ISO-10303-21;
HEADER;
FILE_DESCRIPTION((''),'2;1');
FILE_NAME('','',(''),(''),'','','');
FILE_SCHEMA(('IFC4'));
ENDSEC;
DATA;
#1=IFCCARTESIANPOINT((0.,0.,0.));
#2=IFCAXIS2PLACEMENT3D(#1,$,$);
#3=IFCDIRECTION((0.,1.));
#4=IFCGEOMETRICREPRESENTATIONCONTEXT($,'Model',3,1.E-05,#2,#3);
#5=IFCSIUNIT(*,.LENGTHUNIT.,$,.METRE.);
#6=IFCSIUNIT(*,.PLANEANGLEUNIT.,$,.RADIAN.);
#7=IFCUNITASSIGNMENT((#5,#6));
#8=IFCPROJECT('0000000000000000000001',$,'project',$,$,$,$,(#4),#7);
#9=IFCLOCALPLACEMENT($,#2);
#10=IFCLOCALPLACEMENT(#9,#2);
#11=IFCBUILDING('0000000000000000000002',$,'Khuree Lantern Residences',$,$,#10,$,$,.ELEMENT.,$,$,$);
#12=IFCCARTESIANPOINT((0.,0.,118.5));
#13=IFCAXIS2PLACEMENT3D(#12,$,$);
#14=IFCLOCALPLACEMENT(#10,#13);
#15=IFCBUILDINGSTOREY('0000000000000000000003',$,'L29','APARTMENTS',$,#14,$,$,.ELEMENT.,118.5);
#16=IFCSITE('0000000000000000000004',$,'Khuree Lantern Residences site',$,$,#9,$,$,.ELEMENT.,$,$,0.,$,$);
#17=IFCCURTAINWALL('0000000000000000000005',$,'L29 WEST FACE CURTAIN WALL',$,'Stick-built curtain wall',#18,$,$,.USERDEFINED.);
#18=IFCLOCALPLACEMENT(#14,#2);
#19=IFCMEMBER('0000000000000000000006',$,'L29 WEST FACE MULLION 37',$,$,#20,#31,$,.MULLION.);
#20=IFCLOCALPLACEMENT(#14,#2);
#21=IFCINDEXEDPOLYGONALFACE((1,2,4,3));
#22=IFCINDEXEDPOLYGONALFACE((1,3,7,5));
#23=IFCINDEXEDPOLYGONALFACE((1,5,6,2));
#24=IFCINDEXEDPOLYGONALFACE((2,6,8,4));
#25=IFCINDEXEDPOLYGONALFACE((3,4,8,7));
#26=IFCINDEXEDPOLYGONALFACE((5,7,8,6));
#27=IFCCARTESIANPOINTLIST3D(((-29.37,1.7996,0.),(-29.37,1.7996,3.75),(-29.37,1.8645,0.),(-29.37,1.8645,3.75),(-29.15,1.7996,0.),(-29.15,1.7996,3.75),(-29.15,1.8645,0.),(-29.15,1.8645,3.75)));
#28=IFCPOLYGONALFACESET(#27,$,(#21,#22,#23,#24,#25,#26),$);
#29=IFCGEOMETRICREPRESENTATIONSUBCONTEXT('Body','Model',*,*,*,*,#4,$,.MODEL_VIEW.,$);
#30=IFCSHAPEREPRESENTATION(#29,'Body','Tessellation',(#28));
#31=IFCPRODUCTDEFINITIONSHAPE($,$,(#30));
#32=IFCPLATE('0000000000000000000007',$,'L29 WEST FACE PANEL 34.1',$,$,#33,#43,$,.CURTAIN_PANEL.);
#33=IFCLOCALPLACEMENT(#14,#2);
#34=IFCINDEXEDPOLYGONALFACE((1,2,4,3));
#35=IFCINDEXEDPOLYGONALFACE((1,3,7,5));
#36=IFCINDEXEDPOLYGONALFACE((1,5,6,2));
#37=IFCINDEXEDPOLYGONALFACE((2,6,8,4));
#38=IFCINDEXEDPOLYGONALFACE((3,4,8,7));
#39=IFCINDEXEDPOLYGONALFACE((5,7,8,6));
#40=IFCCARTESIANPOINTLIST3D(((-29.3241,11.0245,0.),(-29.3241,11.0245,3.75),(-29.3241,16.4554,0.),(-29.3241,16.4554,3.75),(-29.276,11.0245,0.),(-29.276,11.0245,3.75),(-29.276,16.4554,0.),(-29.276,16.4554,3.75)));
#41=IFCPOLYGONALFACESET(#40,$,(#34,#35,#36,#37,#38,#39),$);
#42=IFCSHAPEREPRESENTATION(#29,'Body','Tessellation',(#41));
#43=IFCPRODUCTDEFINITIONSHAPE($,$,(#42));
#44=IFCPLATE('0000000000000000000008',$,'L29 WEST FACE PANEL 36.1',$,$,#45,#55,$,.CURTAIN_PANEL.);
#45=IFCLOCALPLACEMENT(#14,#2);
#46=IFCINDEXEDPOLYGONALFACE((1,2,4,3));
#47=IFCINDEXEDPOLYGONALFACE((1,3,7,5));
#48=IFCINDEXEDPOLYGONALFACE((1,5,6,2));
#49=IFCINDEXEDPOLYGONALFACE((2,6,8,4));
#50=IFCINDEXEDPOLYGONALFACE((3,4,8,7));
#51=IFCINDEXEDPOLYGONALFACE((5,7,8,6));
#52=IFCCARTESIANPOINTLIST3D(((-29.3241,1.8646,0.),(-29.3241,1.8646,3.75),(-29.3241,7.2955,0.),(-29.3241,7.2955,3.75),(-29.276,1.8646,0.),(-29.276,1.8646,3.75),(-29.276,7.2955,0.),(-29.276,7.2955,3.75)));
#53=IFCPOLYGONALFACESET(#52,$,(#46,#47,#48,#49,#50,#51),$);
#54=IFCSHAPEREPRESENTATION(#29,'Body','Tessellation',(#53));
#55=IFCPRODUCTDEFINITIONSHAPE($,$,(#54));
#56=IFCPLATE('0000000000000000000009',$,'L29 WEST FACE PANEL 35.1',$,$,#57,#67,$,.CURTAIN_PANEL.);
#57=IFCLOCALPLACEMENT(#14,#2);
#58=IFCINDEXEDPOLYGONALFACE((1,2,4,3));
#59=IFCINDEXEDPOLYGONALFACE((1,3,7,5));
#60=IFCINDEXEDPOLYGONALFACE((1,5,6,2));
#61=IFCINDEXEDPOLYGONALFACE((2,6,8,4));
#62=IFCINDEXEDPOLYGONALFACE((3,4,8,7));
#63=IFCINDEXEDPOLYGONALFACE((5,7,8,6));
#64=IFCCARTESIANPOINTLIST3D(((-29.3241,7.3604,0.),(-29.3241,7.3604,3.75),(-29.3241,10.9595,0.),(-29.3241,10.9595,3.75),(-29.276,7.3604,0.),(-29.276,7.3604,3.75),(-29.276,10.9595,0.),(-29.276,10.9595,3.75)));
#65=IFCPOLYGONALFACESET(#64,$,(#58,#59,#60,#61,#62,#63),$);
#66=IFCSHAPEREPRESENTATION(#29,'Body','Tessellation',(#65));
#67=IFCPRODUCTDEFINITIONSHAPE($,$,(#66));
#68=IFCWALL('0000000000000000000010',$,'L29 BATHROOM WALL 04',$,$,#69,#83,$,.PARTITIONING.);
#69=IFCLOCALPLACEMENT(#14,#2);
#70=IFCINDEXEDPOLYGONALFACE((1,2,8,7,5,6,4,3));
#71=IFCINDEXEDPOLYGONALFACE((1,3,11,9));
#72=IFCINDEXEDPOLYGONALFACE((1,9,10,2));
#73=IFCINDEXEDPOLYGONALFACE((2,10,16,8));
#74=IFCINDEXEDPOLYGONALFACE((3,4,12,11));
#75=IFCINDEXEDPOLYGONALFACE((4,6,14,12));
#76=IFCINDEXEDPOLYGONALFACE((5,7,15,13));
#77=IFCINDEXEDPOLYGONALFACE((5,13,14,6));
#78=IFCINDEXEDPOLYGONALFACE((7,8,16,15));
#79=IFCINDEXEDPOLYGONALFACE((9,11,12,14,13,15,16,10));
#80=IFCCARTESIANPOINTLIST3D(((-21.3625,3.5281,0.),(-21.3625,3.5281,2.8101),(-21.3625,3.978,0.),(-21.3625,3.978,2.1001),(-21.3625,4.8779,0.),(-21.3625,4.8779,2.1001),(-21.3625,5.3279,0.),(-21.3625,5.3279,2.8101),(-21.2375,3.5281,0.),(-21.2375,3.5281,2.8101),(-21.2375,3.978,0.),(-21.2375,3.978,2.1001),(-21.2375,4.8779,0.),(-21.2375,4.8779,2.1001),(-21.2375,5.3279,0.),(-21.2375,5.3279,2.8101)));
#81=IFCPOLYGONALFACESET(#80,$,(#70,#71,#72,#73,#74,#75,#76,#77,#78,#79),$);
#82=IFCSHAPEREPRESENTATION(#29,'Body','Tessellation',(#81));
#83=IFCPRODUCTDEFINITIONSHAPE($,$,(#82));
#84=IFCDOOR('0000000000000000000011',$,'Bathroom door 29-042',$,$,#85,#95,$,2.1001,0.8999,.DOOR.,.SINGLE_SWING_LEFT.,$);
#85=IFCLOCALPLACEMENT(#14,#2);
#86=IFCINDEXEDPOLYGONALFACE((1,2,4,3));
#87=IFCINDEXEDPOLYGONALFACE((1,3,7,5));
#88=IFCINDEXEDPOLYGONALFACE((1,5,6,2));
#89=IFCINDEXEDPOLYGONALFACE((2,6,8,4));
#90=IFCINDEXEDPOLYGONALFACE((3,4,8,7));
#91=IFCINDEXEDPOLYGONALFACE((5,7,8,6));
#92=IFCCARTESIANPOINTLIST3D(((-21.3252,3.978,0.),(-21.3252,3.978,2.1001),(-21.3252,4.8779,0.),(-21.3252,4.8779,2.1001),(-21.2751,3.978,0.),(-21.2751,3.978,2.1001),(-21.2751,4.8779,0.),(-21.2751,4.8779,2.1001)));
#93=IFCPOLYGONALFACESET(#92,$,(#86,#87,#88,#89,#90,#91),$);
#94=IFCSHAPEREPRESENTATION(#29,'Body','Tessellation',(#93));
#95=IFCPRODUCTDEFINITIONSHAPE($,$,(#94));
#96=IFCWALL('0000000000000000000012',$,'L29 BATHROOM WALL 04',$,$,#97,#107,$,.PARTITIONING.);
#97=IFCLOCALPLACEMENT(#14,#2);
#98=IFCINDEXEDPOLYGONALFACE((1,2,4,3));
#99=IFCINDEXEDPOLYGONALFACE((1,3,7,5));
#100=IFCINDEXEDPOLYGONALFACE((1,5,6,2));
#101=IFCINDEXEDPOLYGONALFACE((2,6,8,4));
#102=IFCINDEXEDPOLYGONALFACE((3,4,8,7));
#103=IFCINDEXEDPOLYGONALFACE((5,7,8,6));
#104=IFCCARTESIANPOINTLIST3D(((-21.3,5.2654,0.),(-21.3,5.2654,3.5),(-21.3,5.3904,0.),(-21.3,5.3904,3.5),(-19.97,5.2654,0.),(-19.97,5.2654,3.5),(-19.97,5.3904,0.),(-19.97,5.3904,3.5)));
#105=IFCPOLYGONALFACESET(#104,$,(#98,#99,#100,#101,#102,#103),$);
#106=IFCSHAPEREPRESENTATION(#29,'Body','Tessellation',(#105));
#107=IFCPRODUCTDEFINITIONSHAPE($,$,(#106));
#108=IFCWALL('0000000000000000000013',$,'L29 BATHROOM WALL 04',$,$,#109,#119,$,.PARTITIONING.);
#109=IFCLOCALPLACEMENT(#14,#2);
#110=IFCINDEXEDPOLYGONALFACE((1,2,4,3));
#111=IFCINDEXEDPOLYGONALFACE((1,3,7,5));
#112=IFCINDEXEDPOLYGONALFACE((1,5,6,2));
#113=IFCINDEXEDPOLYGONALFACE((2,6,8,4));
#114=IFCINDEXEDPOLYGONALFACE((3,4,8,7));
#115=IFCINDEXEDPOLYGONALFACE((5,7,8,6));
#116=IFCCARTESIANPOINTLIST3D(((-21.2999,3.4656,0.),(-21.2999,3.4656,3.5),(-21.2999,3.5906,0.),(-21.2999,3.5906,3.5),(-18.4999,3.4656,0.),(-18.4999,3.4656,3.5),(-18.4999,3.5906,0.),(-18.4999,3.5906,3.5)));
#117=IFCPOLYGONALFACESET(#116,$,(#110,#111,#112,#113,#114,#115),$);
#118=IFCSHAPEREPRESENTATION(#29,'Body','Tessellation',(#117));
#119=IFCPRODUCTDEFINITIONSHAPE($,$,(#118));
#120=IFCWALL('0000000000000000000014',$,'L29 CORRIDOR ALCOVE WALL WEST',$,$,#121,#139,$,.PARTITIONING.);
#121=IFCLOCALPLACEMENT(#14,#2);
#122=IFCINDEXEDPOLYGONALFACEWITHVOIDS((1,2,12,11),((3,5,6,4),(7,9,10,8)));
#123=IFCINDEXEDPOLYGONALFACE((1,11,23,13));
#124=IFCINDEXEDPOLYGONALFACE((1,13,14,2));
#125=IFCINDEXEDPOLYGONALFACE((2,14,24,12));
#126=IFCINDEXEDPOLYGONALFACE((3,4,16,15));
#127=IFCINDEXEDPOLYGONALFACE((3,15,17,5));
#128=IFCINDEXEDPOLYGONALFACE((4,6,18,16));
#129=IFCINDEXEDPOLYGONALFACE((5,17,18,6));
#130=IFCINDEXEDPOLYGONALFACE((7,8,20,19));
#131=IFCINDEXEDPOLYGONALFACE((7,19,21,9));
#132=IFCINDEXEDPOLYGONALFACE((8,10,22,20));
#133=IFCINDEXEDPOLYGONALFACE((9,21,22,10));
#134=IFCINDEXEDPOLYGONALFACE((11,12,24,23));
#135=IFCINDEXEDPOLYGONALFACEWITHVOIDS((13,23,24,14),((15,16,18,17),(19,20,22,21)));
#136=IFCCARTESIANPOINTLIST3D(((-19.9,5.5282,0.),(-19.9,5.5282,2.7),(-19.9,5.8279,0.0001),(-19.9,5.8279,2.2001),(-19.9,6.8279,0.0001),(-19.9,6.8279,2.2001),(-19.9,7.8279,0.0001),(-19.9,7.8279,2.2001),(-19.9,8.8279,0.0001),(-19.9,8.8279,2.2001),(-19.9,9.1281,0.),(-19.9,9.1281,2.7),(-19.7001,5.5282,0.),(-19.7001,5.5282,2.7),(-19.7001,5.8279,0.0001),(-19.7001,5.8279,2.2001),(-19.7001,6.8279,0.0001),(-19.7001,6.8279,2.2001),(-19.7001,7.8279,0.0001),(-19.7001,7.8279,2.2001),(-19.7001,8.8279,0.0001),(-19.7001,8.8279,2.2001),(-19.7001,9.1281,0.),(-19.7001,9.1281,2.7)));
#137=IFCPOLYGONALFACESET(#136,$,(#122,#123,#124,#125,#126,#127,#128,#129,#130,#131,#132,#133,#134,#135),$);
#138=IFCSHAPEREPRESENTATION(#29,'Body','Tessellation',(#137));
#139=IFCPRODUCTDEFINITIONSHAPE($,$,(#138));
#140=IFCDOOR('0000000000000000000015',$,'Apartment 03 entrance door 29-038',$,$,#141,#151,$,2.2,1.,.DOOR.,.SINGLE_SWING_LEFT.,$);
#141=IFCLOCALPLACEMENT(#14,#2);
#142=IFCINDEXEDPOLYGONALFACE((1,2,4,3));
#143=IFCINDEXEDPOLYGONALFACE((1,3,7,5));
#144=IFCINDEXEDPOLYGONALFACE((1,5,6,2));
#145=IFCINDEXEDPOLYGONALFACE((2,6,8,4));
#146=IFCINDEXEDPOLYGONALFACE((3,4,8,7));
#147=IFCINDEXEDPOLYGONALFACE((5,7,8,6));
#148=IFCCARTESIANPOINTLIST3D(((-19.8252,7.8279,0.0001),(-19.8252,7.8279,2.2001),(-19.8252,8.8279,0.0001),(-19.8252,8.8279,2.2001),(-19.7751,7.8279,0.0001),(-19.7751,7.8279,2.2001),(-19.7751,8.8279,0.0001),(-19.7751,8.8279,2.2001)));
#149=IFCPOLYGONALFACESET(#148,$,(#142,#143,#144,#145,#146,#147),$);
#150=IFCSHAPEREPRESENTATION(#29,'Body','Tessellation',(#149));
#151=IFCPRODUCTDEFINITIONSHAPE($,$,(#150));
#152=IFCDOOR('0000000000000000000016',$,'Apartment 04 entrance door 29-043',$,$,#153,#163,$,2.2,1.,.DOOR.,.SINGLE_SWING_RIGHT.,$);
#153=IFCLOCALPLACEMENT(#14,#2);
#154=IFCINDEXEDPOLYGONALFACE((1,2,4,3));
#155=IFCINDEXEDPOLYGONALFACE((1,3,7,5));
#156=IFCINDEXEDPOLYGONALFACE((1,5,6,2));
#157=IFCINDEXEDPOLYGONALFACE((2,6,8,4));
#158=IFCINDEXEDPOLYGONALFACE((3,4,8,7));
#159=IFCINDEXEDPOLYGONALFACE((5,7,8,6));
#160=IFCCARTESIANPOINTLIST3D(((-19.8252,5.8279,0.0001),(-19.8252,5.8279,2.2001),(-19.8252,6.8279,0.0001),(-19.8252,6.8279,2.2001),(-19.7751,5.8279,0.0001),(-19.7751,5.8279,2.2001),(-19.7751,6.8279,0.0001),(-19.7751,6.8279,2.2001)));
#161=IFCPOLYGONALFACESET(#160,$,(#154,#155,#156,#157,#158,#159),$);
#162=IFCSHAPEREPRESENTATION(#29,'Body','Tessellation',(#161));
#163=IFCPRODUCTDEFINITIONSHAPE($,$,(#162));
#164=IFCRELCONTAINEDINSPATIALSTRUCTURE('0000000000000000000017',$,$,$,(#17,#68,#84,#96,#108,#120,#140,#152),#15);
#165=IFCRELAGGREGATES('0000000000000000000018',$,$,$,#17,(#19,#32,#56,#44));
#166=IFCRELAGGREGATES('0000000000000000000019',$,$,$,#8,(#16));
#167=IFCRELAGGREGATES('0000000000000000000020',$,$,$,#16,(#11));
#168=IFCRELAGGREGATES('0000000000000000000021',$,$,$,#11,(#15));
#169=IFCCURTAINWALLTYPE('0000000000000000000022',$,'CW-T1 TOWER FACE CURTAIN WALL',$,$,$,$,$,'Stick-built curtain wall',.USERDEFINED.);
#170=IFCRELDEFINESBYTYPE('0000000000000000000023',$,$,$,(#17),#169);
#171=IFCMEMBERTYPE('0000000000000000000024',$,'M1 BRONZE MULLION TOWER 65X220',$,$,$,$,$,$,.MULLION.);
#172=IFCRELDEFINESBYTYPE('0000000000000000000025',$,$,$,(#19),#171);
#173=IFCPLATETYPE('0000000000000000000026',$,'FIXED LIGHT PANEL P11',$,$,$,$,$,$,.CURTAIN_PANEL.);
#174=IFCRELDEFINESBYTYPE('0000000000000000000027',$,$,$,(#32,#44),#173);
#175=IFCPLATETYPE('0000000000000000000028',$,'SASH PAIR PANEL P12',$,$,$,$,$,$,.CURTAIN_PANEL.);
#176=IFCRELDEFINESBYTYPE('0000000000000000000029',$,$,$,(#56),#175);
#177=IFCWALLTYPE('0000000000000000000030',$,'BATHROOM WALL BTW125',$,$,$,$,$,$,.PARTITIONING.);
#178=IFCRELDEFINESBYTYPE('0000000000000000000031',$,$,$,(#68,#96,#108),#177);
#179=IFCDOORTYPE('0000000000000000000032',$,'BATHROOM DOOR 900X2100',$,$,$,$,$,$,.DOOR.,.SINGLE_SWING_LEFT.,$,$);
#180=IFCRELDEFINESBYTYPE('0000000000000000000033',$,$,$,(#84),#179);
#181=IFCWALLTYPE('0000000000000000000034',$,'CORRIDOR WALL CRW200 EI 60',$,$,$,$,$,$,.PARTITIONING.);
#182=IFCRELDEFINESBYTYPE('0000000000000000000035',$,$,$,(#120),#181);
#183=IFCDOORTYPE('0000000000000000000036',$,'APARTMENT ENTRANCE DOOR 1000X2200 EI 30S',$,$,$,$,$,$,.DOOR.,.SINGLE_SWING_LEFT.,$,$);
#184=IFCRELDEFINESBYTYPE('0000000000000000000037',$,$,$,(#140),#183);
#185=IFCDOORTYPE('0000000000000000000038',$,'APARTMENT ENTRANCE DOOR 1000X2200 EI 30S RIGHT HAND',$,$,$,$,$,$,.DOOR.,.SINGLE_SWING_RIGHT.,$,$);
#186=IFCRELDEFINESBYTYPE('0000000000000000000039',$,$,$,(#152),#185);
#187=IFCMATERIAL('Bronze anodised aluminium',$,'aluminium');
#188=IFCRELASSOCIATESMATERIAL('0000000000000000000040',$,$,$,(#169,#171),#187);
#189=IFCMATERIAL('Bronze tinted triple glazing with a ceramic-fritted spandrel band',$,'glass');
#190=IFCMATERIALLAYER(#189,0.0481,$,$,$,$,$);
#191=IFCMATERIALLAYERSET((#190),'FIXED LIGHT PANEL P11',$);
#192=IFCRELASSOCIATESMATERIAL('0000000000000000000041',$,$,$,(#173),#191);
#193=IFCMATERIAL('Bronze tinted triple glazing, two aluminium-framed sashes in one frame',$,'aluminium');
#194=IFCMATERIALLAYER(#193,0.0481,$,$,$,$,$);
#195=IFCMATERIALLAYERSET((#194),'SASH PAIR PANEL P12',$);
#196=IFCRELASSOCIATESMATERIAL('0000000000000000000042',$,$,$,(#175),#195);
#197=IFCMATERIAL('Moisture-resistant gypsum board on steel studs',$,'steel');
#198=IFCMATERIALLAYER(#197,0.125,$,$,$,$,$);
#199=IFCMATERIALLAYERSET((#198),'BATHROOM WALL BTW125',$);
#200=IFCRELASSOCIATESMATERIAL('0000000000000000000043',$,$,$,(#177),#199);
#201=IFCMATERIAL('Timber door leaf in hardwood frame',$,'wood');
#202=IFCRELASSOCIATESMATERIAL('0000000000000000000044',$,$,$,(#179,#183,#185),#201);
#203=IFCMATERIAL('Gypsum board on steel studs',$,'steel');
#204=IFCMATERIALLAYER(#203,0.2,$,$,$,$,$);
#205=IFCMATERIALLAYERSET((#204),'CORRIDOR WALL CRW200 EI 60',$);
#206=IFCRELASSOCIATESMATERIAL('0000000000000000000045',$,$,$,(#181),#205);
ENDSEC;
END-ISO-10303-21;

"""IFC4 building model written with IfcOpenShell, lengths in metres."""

from ifc_helpers import new_model, si_unit, direction, frame, frame_2d, origin, origin_2d, place, context, subcontext, project, spatial, rectangle, extrude, material, layer, layer_set, material_profile, profile_set, type_object, element, fill, aggregate, save


model = new_model("IFC4")

# Units and contexts
model_context = context("Model", 3, precision=1e-05, world=origin(), true_north=direction((0.0, 1.0)))
body_context = subcontext(model_context, "Body", "Model", "MODEL_VIEW")
ifc_project = project(units=[si_unit("LENGTHUNIT", "METRE"), si_unit("PLANEANGLEUNIT", "RADIAN")], contexts=[model_context])

# Site, building, storey
site_placement = place(None, origin())
site = spatial("IfcSite", under=ifc_project, at=site_placement, Name="Khuree Lantern Residences site", CompositionType="ELEMENT", RefElevation=0.0)
building_placement = place(site_placement, origin())
building = spatial("IfcBuilding", under=site, at=building_placement, Name="Khuree Lantern Residences", CompositionType="ELEMENT")
storey_placement = place(building_placement, frame((0.0, 0.0, 118.5)))
storey = spatial("IfcBuildingStorey", under=building, at=storey_placement, Name="L29", Description="APARTMENTS", CompositionType="ELEMENT", Elevation=118.5)

# Curtain wall
ifc_material_1 = material(Name="Bronze anodised aluminium", Category="aluminium")
curtain_wall_type = type_object("IfcCurtainWallType", Name="CW-T1 TOWER FACE CURTAIN WALL", ElementType="Stick-built curtain wall", PredefinedType="USERDEFINED", material=ifc_material_1)
curtain_wall_placement = place(storey_placement, origin())
curtain_wall = element("IfcCurtainWall", 1, at=curtain_wall_placement, inside=storey, type_object=curtain_wall_type, Name="L29 WEST FACE CURTAIN WALL", ObjectType="Stick-built curtain wall", PredefinedType="USERDEFINED")

# Member
ifc_material_profile_1 = material_profile(ifc_material_1, rectangle(XDim=0.0649, YDim=0.22, at=origin_2d()), Name="M1 65X220")
ifc_profile_set_1 = profile_set([ifc_material_profile_1], Name="Bronze anodised aluminium")
member_type_1 = type_object("IfcMemberType", Name="M1 BRONZE MULLION TOWER 65X220", PredefinedType="MULLION", material=ifc_profile_set_1)
member_1_placement = place(storey_placement, frame((-29.26, 1.832, 0.0), z_axis=(0.0, 0.0, 1.0), x_axis=(0.0, -1.0, 0.0)))
member_1 = element("IfcMember", 2, at=member_1_placement, type_object=member_type_1, Name="L29 WEST FACE MULLION 37", PredefinedType="MULLION", context=body_context, shape_type="SweptSolid", body=[
    extrude(rectangle(XDim=0.0649, YDim=0.22, at=origin_2d()), origin(), (0.0, 0.0, 1.0), 3.75),
])

# Plates
ifc_material_2 = material(Name="Bronze tinted triple glazing with a ceramic-fritted spandrel band", Category="glass")
ifc_layer_1 = layer(ifc_material_2, 0.0481)
ifc_layer_set_1 = layer_set([ifc_layer_1], Name="FIXED LIGHT PANEL P11")
plate_type_1 = type_object("IfcPlateType", Name="FIXED LIGHT PANEL P11", PredefinedType="CURTAIN_PANEL", material=ifc_layer_set_1)
plate_1_placement = place(storey_placement, frame((-29.3, 13.74, 0.0), z_axis=(0.0, 0.0, 1.0), x_axis=(0.0, -1.0, 0.0)))
plate_1 = element("IfcPlate", 3, at=plate_1_placement, type_object=plate_type_1, Name="L29 WEST FACE PANEL 34.1", PredefinedType="CURTAIN_PANEL", context=body_context, shape_type="SweptSolid", body=[
    extrude(rectangle(XDim=5.4309, YDim=0.0481, at=origin_2d()), origin(), (0.0, 0.0, 1.0), 3.75),
])
plate_2_placement = place(storey_placement, frame((-29.3, 4.5801, 0.0), z_axis=(0.0, 0.0, 1.0), x_axis=(0.0, -1.0, 0.0)))
plate_2 = element("IfcPlate", 4, at=plate_2_placement, type_object=plate_type_1, Name="L29 WEST FACE PANEL 36.1", PredefinedType="CURTAIN_PANEL", context=body_context, shape_type="SweptSolid", body=[
    extrude(rectangle(XDim=5.4309, YDim=0.0481, at=origin_2d()), origin(), (0.0, 0.0, 1.0), 3.75),
])
ifc_material_3 = material(Name="Bronze tinted triple glazing, two aluminium-framed sashes in one frame", Category="aluminium")
ifc_layer_2 = layer(ifc_material_3, 0.0481)
ifc_layer_set_2 = layer_set([ifc_layer_2], Name="SASH PAIR PANEL P12")
plate_type_2 = type_object("IfcPlateType", Name="SASH PAIR PANEL P12", PredefinedType="CURTAIN_PANEL", material=ifc_layer_set_2)
plate_3_placement = place(storey_placement, frame((-29.3, 9.1599, 0.0), z_axis=(0.0, 0.0, 1.0), x_axis=(0.0, -1.0, 0.0)))
plate_3 = element("IfcPlate", 5, at=plate_3_placement, type_object=plate_type_2, Name="L29 WEST FACE PANEL 35.1", PredefinedType="CURTAIN_PANEL", context=body_context, shape_type="SweptSolid", body=[
    extrude(rectangle(XDim=3.5991, YDim=0.0481, at=origin_2d()), origin(), (0.0, 0.0, 1.0), 3.75),
])
aggregate(curtain_wall, [member_1, plate_1, plate_3, plate_2])

# Wall, opening, door
ifc_material_4 = material(Name="Moisture-resistant gypsum board on steel studs", Category="steel")
ifc_layer_3 = layer(ifc_material_4, 0.125)
ifc_layer_set_3 = layer_set([ifc_layer_3], Name="BATHROOM WALL BTW125")
wall_type_1 = type_object("IfcWallType", Name="BATHROOM WALL BTW125", PredefinedType="PARTITIONING", material=ifc_layer_set_3)
wall_1_placement = place(storey_placement, frame((-21.3, 5.3279, 0.0), z_axis=(0.0, 0.0, 1.0), x_axis=(0.0, -1.0, 0.0)))
wall_1 = element("IfcWall", 6, at=wall_1_placement, inside=storey, type_object=wall_type_1, Name="L29 BATHROOM WALL 04", PredefinedType="PARTITIONING", context=body_context, shape_type="SweptSolid", body=[
    extrude(rectangle(XDim=1.7998, YDim=0.125, at=frame_2d((0.8999, 0.0))), origin(), (0.0, 0.0, 1.0), 2.8101),
])
opening_1_placement = place(wall_1_placement, frame((0.45, 0.0, 0.0)))
opening_1 = element("IfcOpeningElement", 7, at=opening_1_placement, cuts=wall_1, PredefinedType="OPENING", context=body_context, shape_type="SweptSolid", body=[
    extrude(rectangle(XDim=0.8999, YDim=2.1001, at=frame_2d((0.45, 1.05))), frame((0.0, 0.0725, 0.0), z_axis=(0.0, -1.0, 0.0), x_axis=(1.0, 0.0, 0.0)), (0.0, 0.0, 1.0), 0.145),
])
ifc_material_5 = material(Name="Timber door leaf in hardwood frame", Category="wood")
door_type_1 = type_object("IfcDoorType", Name="BATHROOM DOOR 900X2100", OperationType="SINGLE_SWING_LEFT", PredefinedType="DOOR", material=ifc_material_5)
door_1_placement = place(opening_1_placement, origin())
door_1 = element("IfcDoor", 8, at=door_1_placement, inside=storey, type_object=door_type_1, Name="Bathroom door 29-042", OperationType="SINGLE_SWING_LEFT", OverallHeight=2.1001, OverallWidth=0.8999, PredefinedType="DOOR", context=body_context, shape_type="SweptSolid", body=[
    extrude(rectangle(XDim=0.8999, YDim=2.1001, at=frame_2d((0.45, 1.05))), frame((0.0, 0.0249, 0.0), z_axis=(0.0, -1.0, 0.0), x_axis=(1.0, 0.0, 0.0)), (0.0, 0.0, 1.0), 0.05),
])
fill(opening_1, door_1)

# Walls
wall_2_placement = place(storey_placement, frame((-19.97, 5.3279, 0.0), z_axis=(0.0, 0.0, 1.0), x_axis=(-1.0, 0.0, 0.0)))
element("IfcWall", 9, at=wall_2_placement, inside=storey, type_object=wall_type_1, Name="L29 BATHROOM WALL 04", PredefinedType="PARTITIONING", context=body_context, shape_type="SweptSolid", body=[
    extrude(rectangle(XDim=1.3301, YDim=0.125, at=frame_2d((0.665, 0.0))), origin(), (0.0, 0.0, 1.0), 3.5),
])
wall_3_placement = place(storey_placement, frame((-18.5, 3.5281, 0.0), z_axis=(0.0, 0.0, 1.0), x_axis=(-1.0, 0.0, 0.0)))
element("IfcWall", 10, at=wall_3_placement, inside=storey, type_object=wall_type_1, Name="L29 BATHROOM WALL 04", PredefinedType="PARTITIONING", context=body_context, shape_type="SweptSolid", body=[
    extrude(rectangle(XDim=2.8, YDim=0.125, at=frame_2d((1.3999, 0.0))), origin(), (0.0, 0.0, 1.0), 3.5),
])

# Wall, openings, doors
ifc_material_6 = material(Name="Gypsum board on steel studs", Category="steel")
ifc_layer_4 = layer(ifc_material_6, 0.2)
ifc_layer_set_4 = layer_set([ifc_layer_4], Name="CORRIDOR WALL CRW200 EI 60")
wall_type_2 = type_object("IfcWallType", Name="CORRIDOR WALL CRW200 EI 60", PredefinedType="PARTITIONING", material=ifc_layer_set_4)
wall_4_placement = place(storey_placement, frame((-19.8, 9.1279, 0.0), z_axis=(0.0, 0.0, 1.0), x_axis=(0.0, -1.0, 0.0)))
wall_4 = element("IfcWall", 11, at=wall_4_placement, inside=storey, type_object=wall_type_2, Name="L29 CORRIDOR ALCOVE WALL WEST", PredefinedType="PARTITIONING", context=body_context, shape_type="SweptSolid", body=[
    extrude(rectangle(XDim=3.5999, YDim=0.2, at=frame_2d((1.7998, 0.0))), origin(), (0.0, 0.0, 1.0), 2.7),
])
opening_2_placement = place(wall_4_placement, frame((0.3, 0.0, 0.0)))
opening_2 = element("IfcOpeningElement", 12, at=opening_2_placement, cuts=wall_4, PredefinedType="OPENING", context=body_context, shape_type="SweptSolid", body=[
    extrude(rectangle(XDim=1.0, YDim=2.2, at=frame_2d((0.5, 1.1001))), frame((0.0, 0.1099, 0.0), z_axis=(0.0, -1.0, 0.0), x_axis=(1.0, 0.0, 0.0)), (0.0, 0.0, 1.0), 0.22),
])
opening_3_placement = place(wall_4_placement, frame((2.3, 0.0, 0.0)))
opening_3 = element("IfcOpeningElement", 13, at=opening_3_placement, cuts=wall_4, PredefinedType="OPENING", context=body_context, shape_type="SweptSolid", body=[
    extrude(rectangle(XDim=1.0, YDim=2.2, at=frame_2d((0.5, 1.1001))), frame((0.0, 0.1099, 0.0), z_axis=(0.0, -1.0, 0.0), x_axis=(1.0, 0.0, 0.0)), (0.0, 0.0, 1.0), 0.22),
])
door_type_2 = type_object("IfcDoorType", Name="APARTMENT ENTRANCE DOOR 1000X2200 EI 30S", OperationType="SINGLE_SWING_LEFT", PredefinedType="DOOR", material=ifc_material_5)
door_2_placement = place(opening_2_placement, origin())
door_2 = element("IfcDoor", 14, at=door_2_placement, inside=storey, type_object=door_type_2, Name="Apartment 03 entrance door 29-038", OperationType="SINGLE_SWING_LEFT", OverallHeight=2.2, OverallWidth=1.0, PredefinedType="DOOR", context=body_context, shape_type="SweptSolid", body=[
    extrude(rectangle(XDim=1.0, YDim=2.2, at=frame_2d((0.5, 1.1001))), frame((0.0, 0.0249, 0.0), z_axis=(0.0, -1.0, 0.0), x_axis=(1.0, 0.0, 0.0)), (0.0, 0.0, 1.0), 0.05),
])
fill(opening_2, door_2)
door_type_3 = type_object("IfcDoorType", Name="APARTMENT ENTRANCE DOOR 1000X2200 EI 30S RIGHT HAND", OperationType="SINGLE_SWING_RIGHT", PredefinedType="DOOR", material=ifc_material_5)
door_3_placement = place(opening_3_placement, origin())
door_3 = element("IfcDoor", 15, at=door_3_placement, inside=storey, type_object=door_type_3, Name="Apartment 04 entrance door 29-043", OperationType="SINGLE_SWING_RIGHT", OverallHeight=2.2, OverallWidth=1.0, PredefinedType="DOOR", context=body_context, shape_type="SweptSolid", body=[
    extrude(rectangle(XDim=1.0, YDim=2.2, at=frame_2d((0.5, 1.1001))), frame((0.0, 0.0249, 0.0), z_axis=(0.0, -1.0, 0.0), x_axis=(1.0, 0.0, 0.0)), (0.0, 0.0, 1.0), 0.05),
])
fill(opening_3, door_3)

save(model, "model.ifc")
